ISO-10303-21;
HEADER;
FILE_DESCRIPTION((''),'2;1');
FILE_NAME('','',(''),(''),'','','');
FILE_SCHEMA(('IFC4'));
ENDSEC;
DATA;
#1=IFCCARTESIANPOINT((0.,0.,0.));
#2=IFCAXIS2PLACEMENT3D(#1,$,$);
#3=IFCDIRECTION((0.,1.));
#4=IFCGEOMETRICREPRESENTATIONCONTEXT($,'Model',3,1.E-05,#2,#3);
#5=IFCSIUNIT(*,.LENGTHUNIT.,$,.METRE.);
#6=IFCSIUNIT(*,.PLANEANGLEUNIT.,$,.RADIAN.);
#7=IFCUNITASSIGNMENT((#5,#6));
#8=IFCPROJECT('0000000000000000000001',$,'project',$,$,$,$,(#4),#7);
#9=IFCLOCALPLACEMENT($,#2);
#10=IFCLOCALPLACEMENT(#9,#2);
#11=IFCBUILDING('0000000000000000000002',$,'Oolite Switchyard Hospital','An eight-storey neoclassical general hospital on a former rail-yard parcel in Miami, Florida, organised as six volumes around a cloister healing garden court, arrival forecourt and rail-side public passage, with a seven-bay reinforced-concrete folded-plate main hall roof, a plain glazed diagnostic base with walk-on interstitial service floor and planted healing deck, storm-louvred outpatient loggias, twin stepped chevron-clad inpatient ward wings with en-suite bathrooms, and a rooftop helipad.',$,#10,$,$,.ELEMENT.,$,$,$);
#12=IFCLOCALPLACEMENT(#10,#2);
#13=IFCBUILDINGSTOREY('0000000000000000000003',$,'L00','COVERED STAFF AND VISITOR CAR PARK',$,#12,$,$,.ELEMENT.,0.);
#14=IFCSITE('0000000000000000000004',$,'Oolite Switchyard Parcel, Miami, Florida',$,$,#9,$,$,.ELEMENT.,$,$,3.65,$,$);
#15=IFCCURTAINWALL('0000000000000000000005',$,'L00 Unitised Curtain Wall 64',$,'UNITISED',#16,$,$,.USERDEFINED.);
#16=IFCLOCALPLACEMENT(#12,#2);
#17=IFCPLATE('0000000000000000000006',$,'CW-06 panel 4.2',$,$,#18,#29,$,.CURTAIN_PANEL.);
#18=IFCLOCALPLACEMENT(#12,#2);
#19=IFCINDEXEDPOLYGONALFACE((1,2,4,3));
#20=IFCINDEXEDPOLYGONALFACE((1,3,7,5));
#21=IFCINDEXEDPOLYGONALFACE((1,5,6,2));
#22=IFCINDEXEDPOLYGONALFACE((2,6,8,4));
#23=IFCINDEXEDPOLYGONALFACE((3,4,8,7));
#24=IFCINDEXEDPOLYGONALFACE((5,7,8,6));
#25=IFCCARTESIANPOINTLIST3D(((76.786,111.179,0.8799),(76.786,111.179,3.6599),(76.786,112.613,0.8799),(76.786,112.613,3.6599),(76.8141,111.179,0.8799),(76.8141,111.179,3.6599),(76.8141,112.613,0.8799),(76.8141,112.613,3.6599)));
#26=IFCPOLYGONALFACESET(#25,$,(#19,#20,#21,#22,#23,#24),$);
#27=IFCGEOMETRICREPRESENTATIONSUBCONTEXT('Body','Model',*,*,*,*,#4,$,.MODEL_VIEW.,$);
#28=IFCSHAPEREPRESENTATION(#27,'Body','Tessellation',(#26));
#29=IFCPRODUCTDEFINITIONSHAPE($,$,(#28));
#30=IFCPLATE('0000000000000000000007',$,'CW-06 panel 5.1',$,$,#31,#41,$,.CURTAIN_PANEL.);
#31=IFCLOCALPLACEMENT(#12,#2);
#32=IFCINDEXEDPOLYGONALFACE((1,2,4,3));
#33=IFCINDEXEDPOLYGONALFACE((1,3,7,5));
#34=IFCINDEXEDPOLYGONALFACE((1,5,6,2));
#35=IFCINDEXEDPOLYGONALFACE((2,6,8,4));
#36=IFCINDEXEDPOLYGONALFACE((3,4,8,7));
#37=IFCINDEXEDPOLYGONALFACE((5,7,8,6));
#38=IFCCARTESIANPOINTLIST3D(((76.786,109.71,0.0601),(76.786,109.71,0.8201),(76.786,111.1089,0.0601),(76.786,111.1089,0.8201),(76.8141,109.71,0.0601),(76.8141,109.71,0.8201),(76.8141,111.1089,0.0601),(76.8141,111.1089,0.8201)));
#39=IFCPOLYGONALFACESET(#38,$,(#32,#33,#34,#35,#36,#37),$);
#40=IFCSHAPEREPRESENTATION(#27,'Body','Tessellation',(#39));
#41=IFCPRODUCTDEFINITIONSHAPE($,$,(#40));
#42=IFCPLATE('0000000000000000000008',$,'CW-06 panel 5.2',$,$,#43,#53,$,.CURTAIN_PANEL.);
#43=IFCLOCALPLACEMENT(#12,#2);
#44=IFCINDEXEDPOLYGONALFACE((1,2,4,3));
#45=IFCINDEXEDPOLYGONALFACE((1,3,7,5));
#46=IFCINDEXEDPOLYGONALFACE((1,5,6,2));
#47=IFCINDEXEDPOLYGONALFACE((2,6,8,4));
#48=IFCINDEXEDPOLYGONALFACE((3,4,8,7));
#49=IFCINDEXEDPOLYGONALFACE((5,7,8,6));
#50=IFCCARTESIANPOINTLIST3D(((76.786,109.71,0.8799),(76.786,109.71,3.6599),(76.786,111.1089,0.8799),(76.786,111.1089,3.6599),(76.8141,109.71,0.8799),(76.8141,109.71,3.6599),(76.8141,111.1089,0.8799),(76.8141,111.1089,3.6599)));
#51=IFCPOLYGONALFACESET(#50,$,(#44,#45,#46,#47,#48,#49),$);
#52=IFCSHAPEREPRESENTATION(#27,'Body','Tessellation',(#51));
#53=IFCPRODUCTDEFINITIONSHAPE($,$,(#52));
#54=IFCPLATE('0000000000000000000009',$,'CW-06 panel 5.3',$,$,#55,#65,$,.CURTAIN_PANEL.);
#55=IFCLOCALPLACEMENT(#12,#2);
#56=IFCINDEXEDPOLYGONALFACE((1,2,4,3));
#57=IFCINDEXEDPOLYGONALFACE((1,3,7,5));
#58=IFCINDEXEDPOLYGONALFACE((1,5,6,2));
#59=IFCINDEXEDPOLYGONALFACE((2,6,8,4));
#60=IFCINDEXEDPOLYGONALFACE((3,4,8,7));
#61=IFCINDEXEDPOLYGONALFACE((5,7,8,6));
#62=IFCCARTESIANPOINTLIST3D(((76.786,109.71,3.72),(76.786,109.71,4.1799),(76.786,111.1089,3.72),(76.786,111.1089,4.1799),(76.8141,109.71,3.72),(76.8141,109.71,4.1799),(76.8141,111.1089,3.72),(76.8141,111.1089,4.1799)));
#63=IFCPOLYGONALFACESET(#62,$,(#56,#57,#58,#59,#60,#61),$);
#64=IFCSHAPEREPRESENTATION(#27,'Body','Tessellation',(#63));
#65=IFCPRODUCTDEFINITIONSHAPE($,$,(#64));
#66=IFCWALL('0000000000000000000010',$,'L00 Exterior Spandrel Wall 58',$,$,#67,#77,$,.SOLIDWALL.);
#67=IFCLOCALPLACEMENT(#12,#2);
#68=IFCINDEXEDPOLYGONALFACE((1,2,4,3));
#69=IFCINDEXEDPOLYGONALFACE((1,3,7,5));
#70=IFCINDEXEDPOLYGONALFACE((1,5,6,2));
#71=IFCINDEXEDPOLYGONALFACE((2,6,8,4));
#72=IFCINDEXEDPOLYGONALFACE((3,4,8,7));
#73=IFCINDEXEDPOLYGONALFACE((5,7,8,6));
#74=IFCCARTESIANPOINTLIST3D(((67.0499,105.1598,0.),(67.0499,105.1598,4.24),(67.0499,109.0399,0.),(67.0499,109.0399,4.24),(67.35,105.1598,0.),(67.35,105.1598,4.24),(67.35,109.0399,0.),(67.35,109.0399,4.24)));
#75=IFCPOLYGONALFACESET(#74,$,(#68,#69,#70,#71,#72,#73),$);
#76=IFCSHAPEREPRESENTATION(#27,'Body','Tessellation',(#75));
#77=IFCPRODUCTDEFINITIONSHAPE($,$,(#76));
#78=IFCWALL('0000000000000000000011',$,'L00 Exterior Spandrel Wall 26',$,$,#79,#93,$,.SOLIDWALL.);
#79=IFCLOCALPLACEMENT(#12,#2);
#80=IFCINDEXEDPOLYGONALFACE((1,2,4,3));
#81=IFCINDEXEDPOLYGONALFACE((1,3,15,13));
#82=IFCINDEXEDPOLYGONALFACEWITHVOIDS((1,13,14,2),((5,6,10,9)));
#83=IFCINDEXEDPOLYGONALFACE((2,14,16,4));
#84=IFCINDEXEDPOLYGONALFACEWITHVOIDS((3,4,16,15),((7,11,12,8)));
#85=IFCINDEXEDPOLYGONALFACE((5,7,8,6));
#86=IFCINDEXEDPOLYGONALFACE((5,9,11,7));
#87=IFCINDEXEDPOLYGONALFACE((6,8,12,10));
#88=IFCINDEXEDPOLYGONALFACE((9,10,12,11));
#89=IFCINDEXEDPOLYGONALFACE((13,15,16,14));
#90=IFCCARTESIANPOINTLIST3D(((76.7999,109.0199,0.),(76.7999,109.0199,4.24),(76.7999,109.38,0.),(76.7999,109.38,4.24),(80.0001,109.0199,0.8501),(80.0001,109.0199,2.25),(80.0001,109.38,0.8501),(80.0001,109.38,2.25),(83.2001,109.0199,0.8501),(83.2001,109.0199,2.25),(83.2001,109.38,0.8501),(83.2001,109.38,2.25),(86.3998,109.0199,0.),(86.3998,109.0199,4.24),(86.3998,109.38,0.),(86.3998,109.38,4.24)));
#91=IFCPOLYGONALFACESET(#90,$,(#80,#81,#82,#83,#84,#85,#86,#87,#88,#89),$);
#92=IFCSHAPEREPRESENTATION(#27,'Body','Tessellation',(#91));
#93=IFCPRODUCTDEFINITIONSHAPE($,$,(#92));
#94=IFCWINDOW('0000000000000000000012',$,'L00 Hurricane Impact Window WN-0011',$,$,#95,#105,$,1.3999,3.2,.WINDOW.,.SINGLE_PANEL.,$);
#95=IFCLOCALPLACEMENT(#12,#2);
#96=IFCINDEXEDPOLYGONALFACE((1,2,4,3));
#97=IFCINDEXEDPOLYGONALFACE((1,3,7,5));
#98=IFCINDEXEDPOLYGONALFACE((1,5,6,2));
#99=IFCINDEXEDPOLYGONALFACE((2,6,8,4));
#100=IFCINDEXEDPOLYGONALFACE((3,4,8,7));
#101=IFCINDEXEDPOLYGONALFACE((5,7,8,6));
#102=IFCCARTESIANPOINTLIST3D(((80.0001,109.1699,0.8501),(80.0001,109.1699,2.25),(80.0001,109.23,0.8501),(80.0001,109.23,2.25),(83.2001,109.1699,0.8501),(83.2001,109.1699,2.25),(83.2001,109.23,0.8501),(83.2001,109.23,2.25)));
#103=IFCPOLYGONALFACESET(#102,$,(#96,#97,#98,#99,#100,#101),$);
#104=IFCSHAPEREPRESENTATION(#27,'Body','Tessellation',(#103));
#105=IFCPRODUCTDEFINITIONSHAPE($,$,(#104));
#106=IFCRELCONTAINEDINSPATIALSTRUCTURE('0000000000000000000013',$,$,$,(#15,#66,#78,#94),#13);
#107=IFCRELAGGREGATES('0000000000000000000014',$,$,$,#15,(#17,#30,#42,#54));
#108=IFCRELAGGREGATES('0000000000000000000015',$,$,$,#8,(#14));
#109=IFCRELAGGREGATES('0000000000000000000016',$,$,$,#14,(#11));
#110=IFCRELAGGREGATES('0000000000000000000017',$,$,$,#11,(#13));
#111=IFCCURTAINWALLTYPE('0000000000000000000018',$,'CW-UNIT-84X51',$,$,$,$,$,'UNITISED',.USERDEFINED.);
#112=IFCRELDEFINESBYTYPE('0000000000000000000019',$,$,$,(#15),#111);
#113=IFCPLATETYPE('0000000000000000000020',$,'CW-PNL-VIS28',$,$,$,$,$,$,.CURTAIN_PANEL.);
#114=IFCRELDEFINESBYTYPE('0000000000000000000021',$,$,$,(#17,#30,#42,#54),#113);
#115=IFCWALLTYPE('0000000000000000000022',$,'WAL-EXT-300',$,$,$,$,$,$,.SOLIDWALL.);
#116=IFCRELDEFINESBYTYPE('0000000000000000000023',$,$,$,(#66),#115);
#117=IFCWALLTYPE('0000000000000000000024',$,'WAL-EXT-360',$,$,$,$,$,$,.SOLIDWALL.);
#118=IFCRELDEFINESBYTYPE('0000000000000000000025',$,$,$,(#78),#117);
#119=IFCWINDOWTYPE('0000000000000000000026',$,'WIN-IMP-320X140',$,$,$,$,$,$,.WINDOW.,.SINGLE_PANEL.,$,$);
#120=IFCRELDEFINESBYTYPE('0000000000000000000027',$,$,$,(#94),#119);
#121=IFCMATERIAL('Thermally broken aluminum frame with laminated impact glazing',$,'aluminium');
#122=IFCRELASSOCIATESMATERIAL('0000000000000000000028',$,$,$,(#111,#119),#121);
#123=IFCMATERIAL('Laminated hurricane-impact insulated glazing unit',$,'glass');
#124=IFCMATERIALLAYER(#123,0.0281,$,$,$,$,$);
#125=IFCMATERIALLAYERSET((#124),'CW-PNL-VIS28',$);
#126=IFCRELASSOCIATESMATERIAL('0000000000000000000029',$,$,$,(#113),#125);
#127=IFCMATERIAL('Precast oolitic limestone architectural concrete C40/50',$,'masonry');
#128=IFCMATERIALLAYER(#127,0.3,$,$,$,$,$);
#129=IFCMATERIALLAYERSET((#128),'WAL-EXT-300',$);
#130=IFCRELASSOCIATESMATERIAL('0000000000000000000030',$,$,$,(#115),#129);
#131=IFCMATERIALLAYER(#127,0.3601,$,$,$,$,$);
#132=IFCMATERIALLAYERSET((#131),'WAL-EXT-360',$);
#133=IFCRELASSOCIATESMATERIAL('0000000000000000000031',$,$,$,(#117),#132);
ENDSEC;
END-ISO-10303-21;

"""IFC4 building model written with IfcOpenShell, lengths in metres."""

from ifc_helpers import new_model, si_unit, direction, frame, frame_2d, origin, origin_2d, place, context, subcontext, project, spatial, rectangle, extrude, material, layer, layer_set, type_object, element, fill, aggregate, save


model = new_model("IFC4")

# Units and contexts
model_context = context("Model", 3, precision=1e-05, world=origin(), true_north=direction((0.0, 1.0)))
body_context = subcontext(model_context, "Body", "Model", "MODEL_VIEW")
ifc_project = project(units=[si_unit("LENGTHUNIT", "METRE"), si_unit("PLANEANGLEUNIT", "RADIAN")], contexts=[model_context])

# Site, building, storey
site_placement = place(None, origin())
site = spatial("IfcSite", under=ifc_project, at=site_placement, Name="Oolite Switchyard Parcel, Miami, Florida", CompositionType="ELEMENT", RefElevation=3.65)
building_placement = place(site_placement, origin())
building = spatial("IfcBuilding", under=site, at=building_placement, Name="Oolite Switchyard Hospital", Description="An eight-storey neoclassical general hospital on a former rail-yard parcel in Miami, Florida, organised as six volumes around a cloister healing garden court, arrival forecourt and rail-side public passage, with a seven-bay reinforced-concrete folded-plate main hall roof, a plain glazed diagnostic base with walk-on interstitial service floor and planted healing deck, storm-louvred outpatient loggias, twin stepped chevron-clad inpatient ward wings with en-suite bathrooms, and a rooftop helipad.", CompositionType="ELEMENT")
storey_placement = place(building_placement, origin())
storey = spatial("IfcBuildingStorey", under=building, at=storey_placement, Name="L00", Description="COVERED STAFF AND VISITOR CAR PARK", CompositionType="ELEMENT", Elevation=0.0)

# Curtain wall
ifc_material_1 = material(Name="Thermally broken aluminum frame with laminated impact glazing", Category="aluminium")
curtain_wall_type_1 = type_object("IfcCurtainWallType", Name="CW-UNIT-84X51", ElementType="UNITISED", PredefinedType="USERDEFINED", material=ifc_material_1)
curtain_wall_1_placement = place(storey_placement, origin())
curtain_wall_1 = element("IfcCurtainWall", 1, at=curtain_wall_1_placement, inside=storey, type_object=curtain_wall_type_1, Name="L00 Unitised Curtain Wall 64", ObjectType="UNITISED", PredefinedType="USERDEFINED")

# Plates
ifc_material_2 = material(Name="Laminated hurricane-impact insulated glazing unit", Category="glass")
ifc_layer_1 = layer(ifc_material_2, 0.0281)
ifc_layer_set_1 = layer_set([ifc_layer_1], Name="CW-PNL-VIS28")
plate_type = type_object("IfcPlateType", Name="CW-PNL-VIS28", PredefinedType="CURTAIN_PANEL", material=ifc_layer_set_1)
plate_1_placement = place(storey_placement, frame((76.8, 111.896, 0.8799), z_axis=(0.0, 0.0, 1.0), x_axis=(0.0, -1.0, 0.0)))
plate_1 = element("IfcPlate", 2, at=plate_1_placement, type_object=plate_type, Name="CW-06 panel 4.2", PredefinedType="CURTAIN_PANEL", context=body_context, shape_type="SweptSolid", body=[
    extrude(rectangle(XDim=1.4341, YDim=0.0281, at=origin_2d()), origin(), (0.0, 0.0, 1.0), 2.78),
])
plate_2_placement = place(storey_placement, frame((76.8, 110.4094, 0.0601), z_axis=(0.0, 0.0, 1.0), x_axis=(0.0, -1.0, 0.0)))
plate_2 = element("IfcPlate", 3, at=plate_2_placement, type_object=plate_type, Name="CW-06 panel 5.1", PredefinedType="CURTAIN_PANEL", context=body_context, shape_type="SweptSolid", body=[
    extrude(rectangle(XDim=1.3989, YDim=0.0281, at=origin_2d()), origin(), (0.0, 0.0, 1.0), 0.76),
])
plate_3_placement = place(storey_placement, frame((76.8, 110.4094, 0.8799), z_axis=(0.0, 0.0, 1.0), x_axis=(0.0, -1.0, 0.0)))
plate_3 = element("IfcPlate", 4, at=plate_3_placement, type_object=plate_type, Name="CW-06 panel 5.2", PredefinedType="CURTAIN_PANEL", context=body_context, shape_type="SweptSolid", body=[
    extrude(rectangle(XDim=1.3989, YDim=0.0281, at=origin_2d()), origin(), (0.0, 0.0, 1.0), 2.78),
])
plate_4_placement = place(storey_placement, frame((76.8, 110.4094, 3.72), z_axis=(0.0, 0.0, 1.0), x_axis=(0.0, -1.0, 0.0)))
plate_4 = element("IfcPlate", 5, at=plate_4_placement, type_object=plate_type, Name="CW-06 panel 5.3", PredefinedType="CURTAIN_PANEL", context=body_context, shape_type="SweptSolid", body=[
    extrude(rectangle(XDim=1.3989, YDim=0.0281, at=origin_2d()), origin(), (0.0, 0.0, 1.0), 0.46),
])
aggregate(curtain_wall_1, [plate_1, plate_2, plate_3, plate_4])

# Wall
ifc_material_3 = material(Name="Precast oolitic limestone architectural concrete C40/50", Category="masonry")
ifc_layer_2 = layer(ifc_material_3, 0.3)
ifc_layer_set_2 = layer_set([ifc_layer_2], Name="WAL-EXT-300")
wall_type_1 = type_object("IfcWallType", Name="WAL-EXT-300", PredefinedType="SOLIDWALL", material=ifc_layer_set_2)
wall_1_placement = place(storey_placement, frame((67.2, 105.1599, 0.0), z_axis=(0.0, 0.0, 1.0), x_axis=(0.0, 1.0, 0.0)))
element("IfcWall", 6, at=wall_1_placement, inside=storey, type_object=wall_type_1, Name="L00 Exterior Spandrel Wall 58", PredefinedType="SOLIDWALL", context=body_context, shape_type="SweptSolid", body=[
    extrude(rectangle(XDim=3.8801, YDim=0.3, at=frame_2d((1.9399, 0.0))), origin(), (0.0, 0.0, 1.0), 4.24),
])

# Wall, opening, window
ifc_layer_3 = layer(ifc_material_3, 0.3601)
ifc_layer_set_3 = layer_set([ifc_layer_3], Name="WAL-EXT-360")
wall_type_2 = type_object("IfcWallType", Name="WAL-EXT-360", PredefinedType="SOLIDWALL", material=ifc_layer_set_3)
wall_2_placement = place(storey_placement, frame((76.8, 109.2, 0.0), z_axis=(0.0, 0.0, 1.0), x_axis=(1.0, 0.0, 0.0)))
wall_2 = element("IfcWall", 7, at=wall_2_placement, inside=storey, type_object=wall_type_2, Name="L00 Exterior Spandrel Wall 26", PredefinedType="SOLIDWALL", context=body_context, shape_type="SweptSolid", body=[
    extrude(rectangle(XDim=9.5999, YDim=0.3601, at=frame_2d((4.7998, 0.0))), origin(), (0.0, 0.0, 1.0), 4.24),
])
opening_placement = place(wall_2_placement, frame((3.2, 0.0, 0.8501)))
opening = element("IfcOpeningElement", 8, at=opening_placement, cuts=wall_2, PredefinedType="OPENING", context=body_context, shape_type="SweptSolid", body=[
    extrude(rectangle(XDim=3.2, YDim=1.3999, at=frame_2d((1.6001, 0.7))), frame((0.0, 0.1899, 0.0), z_axis=(0.0, -1.0, 0.0), x_axis=(1.0, 0.0, 0.0)), (0.0, 0.0, 1.0), 0.3801),
])
window_type = type_object("IfcWindowType", Name="WIN-IMP-320X140", PartitioningType="SINGLE_PANEL", PredefinedType="WINDOW", material=ifc_material_1)
window_placement = place(opening_placement, origin())
window = element("IfcWindow", 9, at=window_placement, inside=storey, type_object=window_type, Name="L00 Hurricane Impact Window WN-0011", OverallHeight=1.3999, OverallWidth=3.2, PartitioningType="SINGLE_PANEL", PredefinedType="WINDOW", context=body_context, shape_type="SweptSolid", body=[
    extrude(rectangle(XDim=3.2, YDim=1.3999, at=frame_2d((1.6001, 0.7))), frame((0.0, 0.03, 0.0), z_axis=(0.0, -1.0, 0.0), x_axis=(1.0, 0.0, 0.0)), (0.0, 0.0, 1.0), 0.0601),
])
fill(opening, window)

save(model, "model.ifc")
